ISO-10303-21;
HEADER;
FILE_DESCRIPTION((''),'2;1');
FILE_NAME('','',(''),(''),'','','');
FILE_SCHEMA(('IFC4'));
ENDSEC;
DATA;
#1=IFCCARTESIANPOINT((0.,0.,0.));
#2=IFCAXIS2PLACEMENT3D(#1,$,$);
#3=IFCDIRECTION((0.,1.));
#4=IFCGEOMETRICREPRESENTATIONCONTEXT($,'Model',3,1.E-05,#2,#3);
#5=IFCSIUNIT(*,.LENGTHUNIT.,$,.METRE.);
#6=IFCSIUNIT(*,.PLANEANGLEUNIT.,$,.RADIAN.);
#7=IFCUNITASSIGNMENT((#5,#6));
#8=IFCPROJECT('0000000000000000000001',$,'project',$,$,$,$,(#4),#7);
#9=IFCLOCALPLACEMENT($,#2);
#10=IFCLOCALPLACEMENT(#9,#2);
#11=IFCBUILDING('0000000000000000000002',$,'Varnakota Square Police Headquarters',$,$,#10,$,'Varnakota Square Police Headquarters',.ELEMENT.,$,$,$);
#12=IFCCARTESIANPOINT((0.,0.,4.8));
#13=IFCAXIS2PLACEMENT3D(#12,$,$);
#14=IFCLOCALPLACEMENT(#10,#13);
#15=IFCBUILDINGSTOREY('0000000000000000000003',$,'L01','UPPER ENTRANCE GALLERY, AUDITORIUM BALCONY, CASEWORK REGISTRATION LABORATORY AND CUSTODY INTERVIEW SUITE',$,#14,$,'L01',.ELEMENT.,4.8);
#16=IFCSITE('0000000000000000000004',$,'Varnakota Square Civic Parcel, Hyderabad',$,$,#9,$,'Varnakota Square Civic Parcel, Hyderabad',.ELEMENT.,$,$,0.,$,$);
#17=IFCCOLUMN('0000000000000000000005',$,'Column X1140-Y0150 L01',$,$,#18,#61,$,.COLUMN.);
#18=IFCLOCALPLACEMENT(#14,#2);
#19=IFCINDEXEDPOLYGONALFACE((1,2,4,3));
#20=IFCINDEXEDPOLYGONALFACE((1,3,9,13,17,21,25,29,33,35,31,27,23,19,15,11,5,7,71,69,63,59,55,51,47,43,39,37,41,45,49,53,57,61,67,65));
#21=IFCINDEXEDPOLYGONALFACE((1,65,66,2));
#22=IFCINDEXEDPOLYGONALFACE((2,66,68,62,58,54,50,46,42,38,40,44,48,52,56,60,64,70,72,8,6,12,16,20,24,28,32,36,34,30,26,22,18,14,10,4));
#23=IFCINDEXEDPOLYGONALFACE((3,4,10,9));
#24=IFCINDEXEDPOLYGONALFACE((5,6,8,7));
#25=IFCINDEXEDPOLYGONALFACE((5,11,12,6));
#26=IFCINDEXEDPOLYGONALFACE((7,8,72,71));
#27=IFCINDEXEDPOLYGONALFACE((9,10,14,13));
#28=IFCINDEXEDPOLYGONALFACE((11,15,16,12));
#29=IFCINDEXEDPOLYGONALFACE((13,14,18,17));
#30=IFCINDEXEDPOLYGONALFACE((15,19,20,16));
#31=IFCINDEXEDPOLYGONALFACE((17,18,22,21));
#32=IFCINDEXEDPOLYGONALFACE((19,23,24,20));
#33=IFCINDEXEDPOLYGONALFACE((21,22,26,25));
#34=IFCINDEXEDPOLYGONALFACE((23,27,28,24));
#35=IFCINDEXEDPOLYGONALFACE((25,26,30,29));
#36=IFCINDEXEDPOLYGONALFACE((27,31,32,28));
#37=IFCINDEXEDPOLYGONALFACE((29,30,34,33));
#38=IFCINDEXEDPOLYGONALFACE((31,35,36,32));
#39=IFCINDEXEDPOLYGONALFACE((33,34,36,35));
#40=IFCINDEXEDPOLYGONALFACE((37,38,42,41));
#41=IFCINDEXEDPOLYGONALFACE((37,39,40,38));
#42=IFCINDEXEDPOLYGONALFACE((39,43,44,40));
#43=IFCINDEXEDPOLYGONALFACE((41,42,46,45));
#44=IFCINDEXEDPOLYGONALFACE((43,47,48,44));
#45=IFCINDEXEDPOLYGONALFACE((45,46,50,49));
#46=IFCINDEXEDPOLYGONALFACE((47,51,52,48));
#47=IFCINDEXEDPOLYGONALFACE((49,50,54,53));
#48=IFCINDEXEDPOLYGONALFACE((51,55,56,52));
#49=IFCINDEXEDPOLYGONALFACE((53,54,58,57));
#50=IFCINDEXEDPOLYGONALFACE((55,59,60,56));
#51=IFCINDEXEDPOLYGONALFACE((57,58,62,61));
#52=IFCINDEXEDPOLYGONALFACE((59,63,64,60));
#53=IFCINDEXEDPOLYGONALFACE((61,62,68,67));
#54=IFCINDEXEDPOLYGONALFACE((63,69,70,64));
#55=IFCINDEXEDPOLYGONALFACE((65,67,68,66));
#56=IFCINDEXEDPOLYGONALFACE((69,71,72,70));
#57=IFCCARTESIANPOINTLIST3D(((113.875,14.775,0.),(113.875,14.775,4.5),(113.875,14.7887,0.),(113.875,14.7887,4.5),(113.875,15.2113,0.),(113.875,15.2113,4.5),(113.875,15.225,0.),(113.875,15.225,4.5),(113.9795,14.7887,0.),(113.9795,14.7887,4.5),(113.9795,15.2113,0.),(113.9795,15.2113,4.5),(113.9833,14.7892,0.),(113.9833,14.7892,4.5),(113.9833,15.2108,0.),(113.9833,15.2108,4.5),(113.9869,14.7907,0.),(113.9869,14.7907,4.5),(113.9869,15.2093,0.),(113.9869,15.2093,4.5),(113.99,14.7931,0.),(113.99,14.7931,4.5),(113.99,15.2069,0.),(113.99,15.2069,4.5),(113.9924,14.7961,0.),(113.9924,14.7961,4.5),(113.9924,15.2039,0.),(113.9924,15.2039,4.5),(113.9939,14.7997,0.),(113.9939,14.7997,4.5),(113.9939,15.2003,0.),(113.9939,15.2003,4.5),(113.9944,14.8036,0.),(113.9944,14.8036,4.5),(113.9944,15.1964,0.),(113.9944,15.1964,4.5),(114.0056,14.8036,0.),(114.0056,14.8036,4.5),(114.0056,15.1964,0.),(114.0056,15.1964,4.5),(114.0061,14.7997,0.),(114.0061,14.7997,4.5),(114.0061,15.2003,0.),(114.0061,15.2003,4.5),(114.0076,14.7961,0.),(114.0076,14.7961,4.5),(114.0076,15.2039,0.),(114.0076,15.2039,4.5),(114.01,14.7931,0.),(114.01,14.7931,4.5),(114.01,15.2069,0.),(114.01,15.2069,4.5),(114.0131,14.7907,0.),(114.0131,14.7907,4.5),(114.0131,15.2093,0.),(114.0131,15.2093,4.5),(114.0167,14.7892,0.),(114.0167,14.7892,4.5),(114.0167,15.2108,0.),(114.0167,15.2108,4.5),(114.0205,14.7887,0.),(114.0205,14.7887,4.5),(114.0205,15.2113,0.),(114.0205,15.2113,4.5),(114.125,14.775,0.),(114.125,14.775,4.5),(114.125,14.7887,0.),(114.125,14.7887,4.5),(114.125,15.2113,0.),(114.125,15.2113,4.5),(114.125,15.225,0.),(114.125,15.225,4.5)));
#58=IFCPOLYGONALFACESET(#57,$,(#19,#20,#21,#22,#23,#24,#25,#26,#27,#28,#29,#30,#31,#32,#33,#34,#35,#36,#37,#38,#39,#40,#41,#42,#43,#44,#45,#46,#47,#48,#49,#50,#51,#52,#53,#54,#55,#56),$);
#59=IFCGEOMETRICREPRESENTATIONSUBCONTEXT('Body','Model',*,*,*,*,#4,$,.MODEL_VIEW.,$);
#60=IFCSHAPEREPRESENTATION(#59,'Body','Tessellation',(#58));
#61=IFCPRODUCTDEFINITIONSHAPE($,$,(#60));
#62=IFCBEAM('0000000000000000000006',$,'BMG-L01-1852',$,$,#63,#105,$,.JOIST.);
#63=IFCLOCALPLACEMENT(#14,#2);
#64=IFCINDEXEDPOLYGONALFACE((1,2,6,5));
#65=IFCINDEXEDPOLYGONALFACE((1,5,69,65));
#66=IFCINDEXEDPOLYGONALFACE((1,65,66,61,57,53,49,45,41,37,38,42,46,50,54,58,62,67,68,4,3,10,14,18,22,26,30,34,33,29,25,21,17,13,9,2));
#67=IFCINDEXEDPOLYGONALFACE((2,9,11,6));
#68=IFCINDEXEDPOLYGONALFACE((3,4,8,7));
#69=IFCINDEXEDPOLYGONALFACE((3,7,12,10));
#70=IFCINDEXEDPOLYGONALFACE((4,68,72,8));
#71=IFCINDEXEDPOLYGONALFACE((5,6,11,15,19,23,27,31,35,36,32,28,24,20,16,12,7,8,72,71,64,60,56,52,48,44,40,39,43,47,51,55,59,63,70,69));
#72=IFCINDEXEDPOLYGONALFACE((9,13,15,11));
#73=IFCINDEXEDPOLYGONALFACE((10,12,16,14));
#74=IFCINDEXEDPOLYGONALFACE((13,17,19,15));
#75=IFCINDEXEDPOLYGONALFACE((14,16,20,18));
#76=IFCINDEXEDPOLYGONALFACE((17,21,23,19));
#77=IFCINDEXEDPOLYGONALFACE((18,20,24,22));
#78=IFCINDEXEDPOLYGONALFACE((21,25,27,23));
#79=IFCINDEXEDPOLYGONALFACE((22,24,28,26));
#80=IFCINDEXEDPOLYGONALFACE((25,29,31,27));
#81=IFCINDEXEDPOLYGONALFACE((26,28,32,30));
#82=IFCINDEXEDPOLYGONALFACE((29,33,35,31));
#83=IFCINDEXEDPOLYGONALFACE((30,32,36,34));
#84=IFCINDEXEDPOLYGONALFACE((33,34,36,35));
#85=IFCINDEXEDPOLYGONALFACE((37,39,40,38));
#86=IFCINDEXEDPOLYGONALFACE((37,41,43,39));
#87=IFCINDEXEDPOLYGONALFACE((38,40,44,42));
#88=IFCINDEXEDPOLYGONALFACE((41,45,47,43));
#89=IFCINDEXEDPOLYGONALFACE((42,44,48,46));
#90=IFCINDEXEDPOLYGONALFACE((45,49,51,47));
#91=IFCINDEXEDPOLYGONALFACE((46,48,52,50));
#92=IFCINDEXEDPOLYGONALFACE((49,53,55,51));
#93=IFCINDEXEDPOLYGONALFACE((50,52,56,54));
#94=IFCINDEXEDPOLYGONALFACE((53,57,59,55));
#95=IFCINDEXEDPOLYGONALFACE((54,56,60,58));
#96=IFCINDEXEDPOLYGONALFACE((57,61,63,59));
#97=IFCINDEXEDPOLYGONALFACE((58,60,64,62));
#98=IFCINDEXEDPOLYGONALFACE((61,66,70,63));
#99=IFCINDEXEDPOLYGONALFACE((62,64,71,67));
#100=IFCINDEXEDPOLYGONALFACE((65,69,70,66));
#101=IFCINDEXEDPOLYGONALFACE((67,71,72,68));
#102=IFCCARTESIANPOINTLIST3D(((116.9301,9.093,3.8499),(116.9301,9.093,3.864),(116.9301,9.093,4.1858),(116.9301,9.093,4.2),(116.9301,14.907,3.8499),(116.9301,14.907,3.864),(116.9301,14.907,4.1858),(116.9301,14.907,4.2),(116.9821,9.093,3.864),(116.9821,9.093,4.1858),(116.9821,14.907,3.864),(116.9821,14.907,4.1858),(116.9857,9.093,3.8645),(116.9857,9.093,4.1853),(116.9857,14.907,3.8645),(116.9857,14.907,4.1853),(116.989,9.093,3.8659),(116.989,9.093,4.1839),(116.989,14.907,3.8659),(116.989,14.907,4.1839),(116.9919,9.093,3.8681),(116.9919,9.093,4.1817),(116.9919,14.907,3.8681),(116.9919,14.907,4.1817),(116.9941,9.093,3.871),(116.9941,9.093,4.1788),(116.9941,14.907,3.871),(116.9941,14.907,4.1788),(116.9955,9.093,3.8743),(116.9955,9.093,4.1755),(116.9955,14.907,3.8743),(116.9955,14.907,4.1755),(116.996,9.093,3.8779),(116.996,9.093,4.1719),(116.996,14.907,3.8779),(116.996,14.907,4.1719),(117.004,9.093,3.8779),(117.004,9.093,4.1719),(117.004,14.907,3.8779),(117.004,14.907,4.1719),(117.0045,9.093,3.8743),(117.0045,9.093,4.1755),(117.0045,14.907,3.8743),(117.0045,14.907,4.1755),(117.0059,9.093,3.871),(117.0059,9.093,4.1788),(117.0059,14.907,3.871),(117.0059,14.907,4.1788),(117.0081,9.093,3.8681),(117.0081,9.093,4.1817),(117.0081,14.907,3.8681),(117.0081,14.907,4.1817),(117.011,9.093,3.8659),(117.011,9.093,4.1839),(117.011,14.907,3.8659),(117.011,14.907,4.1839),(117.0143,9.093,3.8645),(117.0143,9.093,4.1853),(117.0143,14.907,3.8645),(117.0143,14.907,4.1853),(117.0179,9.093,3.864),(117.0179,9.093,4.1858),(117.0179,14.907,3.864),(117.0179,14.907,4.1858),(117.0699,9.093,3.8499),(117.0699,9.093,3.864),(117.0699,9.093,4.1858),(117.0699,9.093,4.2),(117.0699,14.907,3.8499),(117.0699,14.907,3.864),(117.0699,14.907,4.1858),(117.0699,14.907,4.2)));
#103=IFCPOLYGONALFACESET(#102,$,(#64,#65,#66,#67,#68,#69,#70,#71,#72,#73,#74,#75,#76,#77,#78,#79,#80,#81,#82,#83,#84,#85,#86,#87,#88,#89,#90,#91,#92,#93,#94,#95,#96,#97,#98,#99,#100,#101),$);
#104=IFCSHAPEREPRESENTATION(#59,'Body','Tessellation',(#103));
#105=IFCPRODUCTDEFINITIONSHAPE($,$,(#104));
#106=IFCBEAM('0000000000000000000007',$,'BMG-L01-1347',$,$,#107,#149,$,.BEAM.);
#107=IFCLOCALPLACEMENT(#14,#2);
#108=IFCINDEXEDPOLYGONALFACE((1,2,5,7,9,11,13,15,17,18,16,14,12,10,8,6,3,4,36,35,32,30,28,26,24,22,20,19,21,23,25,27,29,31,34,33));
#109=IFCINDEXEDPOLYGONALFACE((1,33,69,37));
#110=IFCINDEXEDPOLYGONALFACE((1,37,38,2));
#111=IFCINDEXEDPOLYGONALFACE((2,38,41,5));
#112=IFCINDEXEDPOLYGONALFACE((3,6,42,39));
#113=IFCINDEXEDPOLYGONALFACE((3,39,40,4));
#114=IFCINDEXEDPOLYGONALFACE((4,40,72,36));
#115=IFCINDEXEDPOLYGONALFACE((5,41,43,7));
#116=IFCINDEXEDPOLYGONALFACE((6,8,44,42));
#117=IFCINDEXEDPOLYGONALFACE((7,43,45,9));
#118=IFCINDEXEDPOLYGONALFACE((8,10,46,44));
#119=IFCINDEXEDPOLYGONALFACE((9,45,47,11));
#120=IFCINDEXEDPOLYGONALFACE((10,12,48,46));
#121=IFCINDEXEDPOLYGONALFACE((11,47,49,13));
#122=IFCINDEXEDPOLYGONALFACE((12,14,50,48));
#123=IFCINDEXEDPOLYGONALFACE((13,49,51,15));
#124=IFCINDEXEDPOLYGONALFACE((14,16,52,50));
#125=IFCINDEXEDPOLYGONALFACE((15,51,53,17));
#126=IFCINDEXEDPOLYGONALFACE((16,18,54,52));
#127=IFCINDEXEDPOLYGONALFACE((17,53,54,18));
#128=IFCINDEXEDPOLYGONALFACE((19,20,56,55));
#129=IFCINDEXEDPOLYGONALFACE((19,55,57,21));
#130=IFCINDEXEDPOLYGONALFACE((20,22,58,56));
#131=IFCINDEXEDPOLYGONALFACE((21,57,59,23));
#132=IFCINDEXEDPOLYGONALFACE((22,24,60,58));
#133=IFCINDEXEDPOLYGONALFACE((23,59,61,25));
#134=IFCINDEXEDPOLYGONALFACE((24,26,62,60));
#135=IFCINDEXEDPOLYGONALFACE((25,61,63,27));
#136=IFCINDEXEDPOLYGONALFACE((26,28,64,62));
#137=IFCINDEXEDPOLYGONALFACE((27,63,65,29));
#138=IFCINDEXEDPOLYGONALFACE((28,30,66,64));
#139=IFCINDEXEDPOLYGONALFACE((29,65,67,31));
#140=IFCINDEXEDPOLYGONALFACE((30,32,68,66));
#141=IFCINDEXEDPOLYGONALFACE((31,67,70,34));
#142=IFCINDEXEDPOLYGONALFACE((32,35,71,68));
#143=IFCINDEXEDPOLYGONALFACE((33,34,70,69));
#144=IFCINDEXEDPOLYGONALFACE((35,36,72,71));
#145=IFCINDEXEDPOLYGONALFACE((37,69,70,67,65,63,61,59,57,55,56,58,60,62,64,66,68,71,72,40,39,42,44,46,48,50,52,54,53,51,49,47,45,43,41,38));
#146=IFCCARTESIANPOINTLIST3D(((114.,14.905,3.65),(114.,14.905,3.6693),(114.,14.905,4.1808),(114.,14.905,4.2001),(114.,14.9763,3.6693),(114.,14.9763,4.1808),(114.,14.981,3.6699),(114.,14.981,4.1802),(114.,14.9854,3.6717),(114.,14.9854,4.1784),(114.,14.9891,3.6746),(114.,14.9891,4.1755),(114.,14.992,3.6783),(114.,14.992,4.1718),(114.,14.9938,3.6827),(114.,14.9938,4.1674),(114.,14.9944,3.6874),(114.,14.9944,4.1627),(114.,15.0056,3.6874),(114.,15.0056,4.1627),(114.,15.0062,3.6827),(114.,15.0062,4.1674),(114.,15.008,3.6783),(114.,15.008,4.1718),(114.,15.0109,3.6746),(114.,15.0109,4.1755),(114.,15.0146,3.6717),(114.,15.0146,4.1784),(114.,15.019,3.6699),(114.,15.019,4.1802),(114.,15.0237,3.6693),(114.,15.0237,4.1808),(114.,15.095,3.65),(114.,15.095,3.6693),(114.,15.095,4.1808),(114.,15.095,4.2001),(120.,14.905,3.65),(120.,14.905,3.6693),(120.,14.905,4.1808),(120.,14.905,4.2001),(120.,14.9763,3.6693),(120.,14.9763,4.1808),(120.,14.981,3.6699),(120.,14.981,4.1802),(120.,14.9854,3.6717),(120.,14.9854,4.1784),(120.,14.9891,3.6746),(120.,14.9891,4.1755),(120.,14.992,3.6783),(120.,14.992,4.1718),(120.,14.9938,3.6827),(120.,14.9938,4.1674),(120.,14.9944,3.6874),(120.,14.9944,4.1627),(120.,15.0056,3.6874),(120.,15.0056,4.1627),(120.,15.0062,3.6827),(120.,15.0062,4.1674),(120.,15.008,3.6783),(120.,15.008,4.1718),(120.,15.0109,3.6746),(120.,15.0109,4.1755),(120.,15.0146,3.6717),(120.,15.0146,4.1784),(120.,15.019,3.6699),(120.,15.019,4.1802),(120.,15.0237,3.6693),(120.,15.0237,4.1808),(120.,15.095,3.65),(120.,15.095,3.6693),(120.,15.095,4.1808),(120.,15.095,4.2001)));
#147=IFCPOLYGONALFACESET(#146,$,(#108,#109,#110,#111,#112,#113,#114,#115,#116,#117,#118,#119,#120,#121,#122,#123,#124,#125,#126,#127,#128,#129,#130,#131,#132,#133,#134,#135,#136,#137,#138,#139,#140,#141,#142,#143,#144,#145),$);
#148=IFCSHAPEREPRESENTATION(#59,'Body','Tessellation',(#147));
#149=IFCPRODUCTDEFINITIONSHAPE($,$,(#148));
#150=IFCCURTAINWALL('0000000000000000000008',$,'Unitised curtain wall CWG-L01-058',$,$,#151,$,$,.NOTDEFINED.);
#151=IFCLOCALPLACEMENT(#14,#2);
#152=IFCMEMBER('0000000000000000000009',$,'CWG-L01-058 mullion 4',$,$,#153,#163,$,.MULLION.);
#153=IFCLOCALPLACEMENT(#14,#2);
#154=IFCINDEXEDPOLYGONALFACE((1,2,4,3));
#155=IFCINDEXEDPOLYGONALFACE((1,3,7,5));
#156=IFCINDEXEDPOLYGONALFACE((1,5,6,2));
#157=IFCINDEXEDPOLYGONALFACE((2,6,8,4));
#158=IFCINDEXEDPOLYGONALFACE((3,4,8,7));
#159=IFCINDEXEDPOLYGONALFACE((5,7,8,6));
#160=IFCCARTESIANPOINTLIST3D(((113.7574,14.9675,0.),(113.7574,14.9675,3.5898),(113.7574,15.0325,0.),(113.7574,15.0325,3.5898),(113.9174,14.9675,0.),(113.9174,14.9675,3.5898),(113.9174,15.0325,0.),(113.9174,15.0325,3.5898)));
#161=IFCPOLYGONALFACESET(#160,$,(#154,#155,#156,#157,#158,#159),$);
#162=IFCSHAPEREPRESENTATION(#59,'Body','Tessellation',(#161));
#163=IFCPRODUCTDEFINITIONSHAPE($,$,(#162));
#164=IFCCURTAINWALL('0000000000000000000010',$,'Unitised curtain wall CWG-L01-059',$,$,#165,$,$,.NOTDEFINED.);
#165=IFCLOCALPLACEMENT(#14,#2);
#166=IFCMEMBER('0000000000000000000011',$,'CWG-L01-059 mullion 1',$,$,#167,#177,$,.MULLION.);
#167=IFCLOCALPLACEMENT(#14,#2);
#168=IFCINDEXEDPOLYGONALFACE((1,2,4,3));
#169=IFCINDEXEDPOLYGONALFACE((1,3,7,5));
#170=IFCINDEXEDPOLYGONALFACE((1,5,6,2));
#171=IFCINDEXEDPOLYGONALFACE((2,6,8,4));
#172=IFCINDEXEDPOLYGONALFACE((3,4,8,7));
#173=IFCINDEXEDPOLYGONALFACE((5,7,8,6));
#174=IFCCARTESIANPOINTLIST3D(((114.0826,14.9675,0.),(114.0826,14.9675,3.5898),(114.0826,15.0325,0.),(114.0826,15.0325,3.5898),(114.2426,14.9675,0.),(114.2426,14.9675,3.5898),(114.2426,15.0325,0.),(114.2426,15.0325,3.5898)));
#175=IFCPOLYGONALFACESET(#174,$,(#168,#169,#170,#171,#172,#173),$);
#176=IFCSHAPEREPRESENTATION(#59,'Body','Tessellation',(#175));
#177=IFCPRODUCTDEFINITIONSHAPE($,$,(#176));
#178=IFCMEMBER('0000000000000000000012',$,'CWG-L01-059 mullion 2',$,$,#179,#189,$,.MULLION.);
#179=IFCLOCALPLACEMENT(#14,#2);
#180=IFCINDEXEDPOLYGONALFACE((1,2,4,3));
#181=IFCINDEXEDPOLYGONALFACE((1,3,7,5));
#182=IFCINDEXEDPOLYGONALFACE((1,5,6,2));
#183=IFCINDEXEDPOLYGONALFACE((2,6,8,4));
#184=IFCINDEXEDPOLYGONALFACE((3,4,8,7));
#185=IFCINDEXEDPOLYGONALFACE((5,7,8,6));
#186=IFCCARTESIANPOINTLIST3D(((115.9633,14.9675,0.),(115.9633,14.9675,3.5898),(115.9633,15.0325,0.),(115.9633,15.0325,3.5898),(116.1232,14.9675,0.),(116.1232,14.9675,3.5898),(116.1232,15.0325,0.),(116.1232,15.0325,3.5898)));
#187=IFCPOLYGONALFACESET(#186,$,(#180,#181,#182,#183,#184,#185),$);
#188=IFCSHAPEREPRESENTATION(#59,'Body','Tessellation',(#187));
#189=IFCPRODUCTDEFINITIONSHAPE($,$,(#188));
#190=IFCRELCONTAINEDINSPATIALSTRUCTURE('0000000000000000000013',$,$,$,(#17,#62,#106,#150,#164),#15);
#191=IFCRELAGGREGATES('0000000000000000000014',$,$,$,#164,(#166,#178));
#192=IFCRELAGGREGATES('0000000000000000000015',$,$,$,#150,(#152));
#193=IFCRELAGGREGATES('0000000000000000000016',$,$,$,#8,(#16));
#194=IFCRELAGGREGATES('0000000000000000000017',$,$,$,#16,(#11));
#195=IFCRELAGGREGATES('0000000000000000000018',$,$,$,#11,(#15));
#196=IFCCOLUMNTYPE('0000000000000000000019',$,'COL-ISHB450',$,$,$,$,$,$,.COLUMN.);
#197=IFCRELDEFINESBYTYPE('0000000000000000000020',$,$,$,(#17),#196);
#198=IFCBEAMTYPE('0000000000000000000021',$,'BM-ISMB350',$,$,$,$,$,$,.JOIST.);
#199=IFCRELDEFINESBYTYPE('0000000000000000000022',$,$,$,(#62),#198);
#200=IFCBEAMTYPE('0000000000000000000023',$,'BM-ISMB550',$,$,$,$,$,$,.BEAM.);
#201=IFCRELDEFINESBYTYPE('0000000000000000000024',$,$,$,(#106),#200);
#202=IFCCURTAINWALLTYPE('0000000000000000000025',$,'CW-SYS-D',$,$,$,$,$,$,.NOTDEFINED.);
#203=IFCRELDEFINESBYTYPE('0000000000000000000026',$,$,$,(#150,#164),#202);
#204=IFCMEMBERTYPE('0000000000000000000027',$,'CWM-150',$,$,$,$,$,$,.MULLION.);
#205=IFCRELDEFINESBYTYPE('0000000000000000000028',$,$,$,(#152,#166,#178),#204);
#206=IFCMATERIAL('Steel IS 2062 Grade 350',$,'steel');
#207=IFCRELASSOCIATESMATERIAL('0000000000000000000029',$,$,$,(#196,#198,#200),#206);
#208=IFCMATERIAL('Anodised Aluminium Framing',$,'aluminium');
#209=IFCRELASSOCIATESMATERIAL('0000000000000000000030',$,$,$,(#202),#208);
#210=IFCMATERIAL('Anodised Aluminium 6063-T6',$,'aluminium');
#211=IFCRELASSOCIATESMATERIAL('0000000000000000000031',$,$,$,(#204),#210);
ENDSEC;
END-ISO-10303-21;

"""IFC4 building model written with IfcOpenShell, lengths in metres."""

from ifc_helpers import new_model, si_unit, direction, frame, origin, origin_2d, place, context, subcontext, project, spatial, rectangle, i_section, extrude, material, material_profile, profile_set, type_object, element, aggregate, save


model = new_model("IFC4")

# Units and contexts
model_context = context("Model", 3, precision=1e-05, world=origin(), true_north=direction((0.0, 1.0)))
body_context = subcontext(model_context, "Body", "Model", "MODEL_VIEW")
ifc_project = project(units=[si_unit("LENGTHUNIT", "METRE"), si_unit("PLANEANGLEUNIT", "RADIAN")], contexts=[model_context])

# Site, building, storey
site_placement = place(None, origin())
site = spatial("IfcSite", under=ifc_project, at=site_placement, Name="Varnakota Square Civic Parcel, Hyderabad", LongName="Varnakota Square Civic Parcel, Hyderabad", CompositionType="ELEMENT", RefElevation=0.0)
building_placement = place(site_placement, origin())
building = spatial("IfcBuilding", under=site, at=building_placement, Name="Varnakota Square Police Headquarters", LongName="Varnakota Square Police Headquarters", CompositionType="ELEMENT")
storey_placement = place(building_placement, frame((0.0, 0.0, 4.8)))
storey = spatial("IfcBuildingStorey", under=building, at=storey_placement, Name="L01", Description="UPPER ENTRANCE GALLERY, AUDITORIUM BALCONY, CASEWORK REGISTRATION LABORATORY AND CUSTODY INTERVIEW SUITE", LongName="L01", CompositionType="ELEMENT", Elevation=4.8)

# Column
ifc_material_1 = material(Name="Steel IS 2062 Grade 350", Category="steel")
ifc_material_profile_1 = material_profile(ifc_material_1, i_section(OverallWidth=0.25, OverallDepth=0.45, WebThickness=0.0112, FlangeThickness=0.0137, FilletRadius=0.0149, at=origin_2d()), Name="ISHB 450")
ifc_profile_set_1 = profile_set([ifc_material_profile_1], Name="Steel IS 2062 Grade 350")
column_type = type_object("IfcColumnType", Name="COL-ISHB450", PredefinedType="COLUMN", material=ifc_profile_set_1)
column_placement = place(storey_placement, frame((114.0, 15.0, 0.0), z_axis=(0.0, 0.0, 1.0), x_axis=(1.0, 0.0, 0.0)))
element("IfcColumn", 1, at=column_placement, inside=storey, type_object=column_type, Name="Column X1140-Y0150 L01", PredefinedType="COLUMN", context=body_context, shape_type="SweptSolid", body=[
    extrude(i_section(OverallWidth=0.25, OverallDepth=0.45, WebThickness=0.0112, FlangeThickness=0.0137, FilletRadius=0.0149, at=origin_2d()), origin(), (0.0, 0.0, 1.0), 4.5),
])

# Beams
ifc_material_profile_2 = material_profile(ifc_material_1, i_section(OverallWidth=0.1399, OverallDepth=0.3501, WebThickness=0.0081, FlangeThickness=0.0142, FilletRadius=0.0139, at=origin_2d()), Name="ISMB 350")
ifc_profile_set_2 = profile_set([ifc_material_profile_2], Name="Steel IS 2062 Grade 350")
beam_type_1 = type_object("IfcBeamType", Name="BM-ISMB350", PredefinedType="JOIST", material=ifc_profile_set_2)
beam_1_placement = place(storey_placement, frame((117.0, 9.093, 4.0249), z_axis=(0.0, 1.0, 0.0), x_axis=(-1.0, 0.0, 0.0)))
element("IfcBeam", 2, at=beam_1_placement, inside=storey, type_object=beam_type_1, Name="BMG-L01-1852", PredefinedType="JOIST", context=body_context, shape_type="SweptSolid", body=[
    extrude(i_section(OverallWidth=0.1399, OverallDepth=0.3501, WebThickness=0.0081, FlangeThickness=0.0142, FilletRadius=0.0139, at=origin_2d()), origin(), (0.0, 0.0, 1.0), 5.814),
])
ifc_material_profile_3 = material_profile(ifc_material_1, i_section(OverallWidth=0.1899, OverallDepth=0.55, WebThickness=0.0112, FlangeThickness=0.0193, FilletRadius=0.0181, at=origin_2d()), Name="ISMB 550")
ifc_profile_set_3 = profile_set([ifc_material_profile_3], Name="Steel IS 2062 Grade 350")
beam_type_2 = type_object("IfcBeamType", Name="BM-ISMB550", PredefinedType="BEAM", material=ifc_profile_set_3)
beam_2_placement = place(storey_placement, frame((114.0, 15.0, 3.925), z_axis=(1.0, 0.0, 0.0), x_axis=(0.0, 1.0, 0.0)))
element("IfcBeam", 3, at=beam_2_placement, inside=storey, type_object=beam_type_2, Name="BMG-L01-1347", PredefinedType="BEAM", context=body_context, shape_type="SweptSolid", body=[
    extrude(i_section(OverallWidth=0.1899, OverallDepth=0.55, WebThickness=0.0112, FlangeThickness=0.0193, FilletRadius=0.0181, at=origin_2d()), origin(), (0.0, 0.0, 1.0), 6.0),
])

# Curtain wall, member
ifc_material_2 = material(Name="Anodised Aluminium Framing", Category="aluminium")
curtain_wall_type = type_object("IfcCurtainWallType", Name="CW-SYS-D", PredefinedType="NOTDEFINED", material=ifc_material_2)
curtain_wall_1_placement = place(storey_placement, origin())
curtain_wall_1 = element("IfcCurtainWall", 4, at=curtain_wall_1_placement, inside=storey, type_object=curtain_wall_type, Name="Unitised curtain wall CWG-L01-058", PredefinedType="NOTDEFINED")
ifc_material_3 = material(Name="Anodised Aluminium 6063-T6", Category="aluminium")
ifc_material_profile_4 = material_profile(ifc_material_3, rectangle(XDim=0.0649, YDim=0.1599, at=origin_2d()), Name="ALU MULLION 65x160")
ifc_profile_set_4 = profile_set([ifc_material_profile_4], Name="Anodised Aluminium 6063-T6")
member_type_1 = type_object("IfcMemberType", Name="CWM-150", PredefinedType="MULLION", material=ifc_profile_set_4)
member_1_placement = place(storey_placement, frame((113.8374, 15.0, 0.0), z_axis=(0.0, 0.0, 1.0), x_axis=(0.0, 1.0, 0.0)))
member_1 = element("IfcMember", 5, at=member_1_placement, type_object=member_type_1, Name="CWG-L01-058 mullion 4", PredefinedType="MULLION", context=body_context, shape_type="SweptSolid", body=[
    extrude(rectangle(XDim=0.0649, YDim=0.1599, at=origin_2d()), origin(), (0.0, 0.0, 1.0), 3.5898),
])

# Curtain wall, members
curtain_wall_2_placement = place(storey_placement, origin())
curtain_wall_2 = element("IfcCurtainWall", 6, at=curtain_wall_2_placement, inside=storey, type_object=curtain_wall_type, Name="Unitised curtain wall CWG-L01-059", PredefinedType="NOTDEFINED")
member_2_placement = place(storey_placement, frame((114.1626, 15.0, 0.0), z_axis=(0.0, 0.0, 1.0), x_axis=(0.0, 1.0, 0.0)))
member_2 = element("IfcMember", 7, at=member_2_placement, type_object=member_type_1, Name="CWG-L01-059 mullion 1", PredefinedType="MULLION", context=body_context, shape_type="SweptSolid", body=[
    extrude(rectangle(XDim=0.0649, YDim=0.1599, at=origin_2d()), origin(), (0.0, 0.0, 1.0), 3.5898),
])
member_3_placement = place(storey_placement, frame((116.0432, 15.0, 0.0), z_axis=(0.0, 0.0, 1.0), x_axis=(0.0, 1.0, 0.0)))
member_3 = element("IfcMember", 8, at=member_3_placement, type_object=member_type_1, Name="CWG-L01-059 mullion 2", PredefinedType="MULLION", context=body_context, shape_type="SweptSolid", body=[
    extrude(rectangle(XDim=0.0649, YDim=0.1599, at=origin_2d()), origin(), (0.0, 0.0, 1.0), 3.5898),
])
aggregate(curtain_wall_2, [member_2, member_3])

aggregate(curtain_wall_1, [member_1])

save(model, "model.ifc")
